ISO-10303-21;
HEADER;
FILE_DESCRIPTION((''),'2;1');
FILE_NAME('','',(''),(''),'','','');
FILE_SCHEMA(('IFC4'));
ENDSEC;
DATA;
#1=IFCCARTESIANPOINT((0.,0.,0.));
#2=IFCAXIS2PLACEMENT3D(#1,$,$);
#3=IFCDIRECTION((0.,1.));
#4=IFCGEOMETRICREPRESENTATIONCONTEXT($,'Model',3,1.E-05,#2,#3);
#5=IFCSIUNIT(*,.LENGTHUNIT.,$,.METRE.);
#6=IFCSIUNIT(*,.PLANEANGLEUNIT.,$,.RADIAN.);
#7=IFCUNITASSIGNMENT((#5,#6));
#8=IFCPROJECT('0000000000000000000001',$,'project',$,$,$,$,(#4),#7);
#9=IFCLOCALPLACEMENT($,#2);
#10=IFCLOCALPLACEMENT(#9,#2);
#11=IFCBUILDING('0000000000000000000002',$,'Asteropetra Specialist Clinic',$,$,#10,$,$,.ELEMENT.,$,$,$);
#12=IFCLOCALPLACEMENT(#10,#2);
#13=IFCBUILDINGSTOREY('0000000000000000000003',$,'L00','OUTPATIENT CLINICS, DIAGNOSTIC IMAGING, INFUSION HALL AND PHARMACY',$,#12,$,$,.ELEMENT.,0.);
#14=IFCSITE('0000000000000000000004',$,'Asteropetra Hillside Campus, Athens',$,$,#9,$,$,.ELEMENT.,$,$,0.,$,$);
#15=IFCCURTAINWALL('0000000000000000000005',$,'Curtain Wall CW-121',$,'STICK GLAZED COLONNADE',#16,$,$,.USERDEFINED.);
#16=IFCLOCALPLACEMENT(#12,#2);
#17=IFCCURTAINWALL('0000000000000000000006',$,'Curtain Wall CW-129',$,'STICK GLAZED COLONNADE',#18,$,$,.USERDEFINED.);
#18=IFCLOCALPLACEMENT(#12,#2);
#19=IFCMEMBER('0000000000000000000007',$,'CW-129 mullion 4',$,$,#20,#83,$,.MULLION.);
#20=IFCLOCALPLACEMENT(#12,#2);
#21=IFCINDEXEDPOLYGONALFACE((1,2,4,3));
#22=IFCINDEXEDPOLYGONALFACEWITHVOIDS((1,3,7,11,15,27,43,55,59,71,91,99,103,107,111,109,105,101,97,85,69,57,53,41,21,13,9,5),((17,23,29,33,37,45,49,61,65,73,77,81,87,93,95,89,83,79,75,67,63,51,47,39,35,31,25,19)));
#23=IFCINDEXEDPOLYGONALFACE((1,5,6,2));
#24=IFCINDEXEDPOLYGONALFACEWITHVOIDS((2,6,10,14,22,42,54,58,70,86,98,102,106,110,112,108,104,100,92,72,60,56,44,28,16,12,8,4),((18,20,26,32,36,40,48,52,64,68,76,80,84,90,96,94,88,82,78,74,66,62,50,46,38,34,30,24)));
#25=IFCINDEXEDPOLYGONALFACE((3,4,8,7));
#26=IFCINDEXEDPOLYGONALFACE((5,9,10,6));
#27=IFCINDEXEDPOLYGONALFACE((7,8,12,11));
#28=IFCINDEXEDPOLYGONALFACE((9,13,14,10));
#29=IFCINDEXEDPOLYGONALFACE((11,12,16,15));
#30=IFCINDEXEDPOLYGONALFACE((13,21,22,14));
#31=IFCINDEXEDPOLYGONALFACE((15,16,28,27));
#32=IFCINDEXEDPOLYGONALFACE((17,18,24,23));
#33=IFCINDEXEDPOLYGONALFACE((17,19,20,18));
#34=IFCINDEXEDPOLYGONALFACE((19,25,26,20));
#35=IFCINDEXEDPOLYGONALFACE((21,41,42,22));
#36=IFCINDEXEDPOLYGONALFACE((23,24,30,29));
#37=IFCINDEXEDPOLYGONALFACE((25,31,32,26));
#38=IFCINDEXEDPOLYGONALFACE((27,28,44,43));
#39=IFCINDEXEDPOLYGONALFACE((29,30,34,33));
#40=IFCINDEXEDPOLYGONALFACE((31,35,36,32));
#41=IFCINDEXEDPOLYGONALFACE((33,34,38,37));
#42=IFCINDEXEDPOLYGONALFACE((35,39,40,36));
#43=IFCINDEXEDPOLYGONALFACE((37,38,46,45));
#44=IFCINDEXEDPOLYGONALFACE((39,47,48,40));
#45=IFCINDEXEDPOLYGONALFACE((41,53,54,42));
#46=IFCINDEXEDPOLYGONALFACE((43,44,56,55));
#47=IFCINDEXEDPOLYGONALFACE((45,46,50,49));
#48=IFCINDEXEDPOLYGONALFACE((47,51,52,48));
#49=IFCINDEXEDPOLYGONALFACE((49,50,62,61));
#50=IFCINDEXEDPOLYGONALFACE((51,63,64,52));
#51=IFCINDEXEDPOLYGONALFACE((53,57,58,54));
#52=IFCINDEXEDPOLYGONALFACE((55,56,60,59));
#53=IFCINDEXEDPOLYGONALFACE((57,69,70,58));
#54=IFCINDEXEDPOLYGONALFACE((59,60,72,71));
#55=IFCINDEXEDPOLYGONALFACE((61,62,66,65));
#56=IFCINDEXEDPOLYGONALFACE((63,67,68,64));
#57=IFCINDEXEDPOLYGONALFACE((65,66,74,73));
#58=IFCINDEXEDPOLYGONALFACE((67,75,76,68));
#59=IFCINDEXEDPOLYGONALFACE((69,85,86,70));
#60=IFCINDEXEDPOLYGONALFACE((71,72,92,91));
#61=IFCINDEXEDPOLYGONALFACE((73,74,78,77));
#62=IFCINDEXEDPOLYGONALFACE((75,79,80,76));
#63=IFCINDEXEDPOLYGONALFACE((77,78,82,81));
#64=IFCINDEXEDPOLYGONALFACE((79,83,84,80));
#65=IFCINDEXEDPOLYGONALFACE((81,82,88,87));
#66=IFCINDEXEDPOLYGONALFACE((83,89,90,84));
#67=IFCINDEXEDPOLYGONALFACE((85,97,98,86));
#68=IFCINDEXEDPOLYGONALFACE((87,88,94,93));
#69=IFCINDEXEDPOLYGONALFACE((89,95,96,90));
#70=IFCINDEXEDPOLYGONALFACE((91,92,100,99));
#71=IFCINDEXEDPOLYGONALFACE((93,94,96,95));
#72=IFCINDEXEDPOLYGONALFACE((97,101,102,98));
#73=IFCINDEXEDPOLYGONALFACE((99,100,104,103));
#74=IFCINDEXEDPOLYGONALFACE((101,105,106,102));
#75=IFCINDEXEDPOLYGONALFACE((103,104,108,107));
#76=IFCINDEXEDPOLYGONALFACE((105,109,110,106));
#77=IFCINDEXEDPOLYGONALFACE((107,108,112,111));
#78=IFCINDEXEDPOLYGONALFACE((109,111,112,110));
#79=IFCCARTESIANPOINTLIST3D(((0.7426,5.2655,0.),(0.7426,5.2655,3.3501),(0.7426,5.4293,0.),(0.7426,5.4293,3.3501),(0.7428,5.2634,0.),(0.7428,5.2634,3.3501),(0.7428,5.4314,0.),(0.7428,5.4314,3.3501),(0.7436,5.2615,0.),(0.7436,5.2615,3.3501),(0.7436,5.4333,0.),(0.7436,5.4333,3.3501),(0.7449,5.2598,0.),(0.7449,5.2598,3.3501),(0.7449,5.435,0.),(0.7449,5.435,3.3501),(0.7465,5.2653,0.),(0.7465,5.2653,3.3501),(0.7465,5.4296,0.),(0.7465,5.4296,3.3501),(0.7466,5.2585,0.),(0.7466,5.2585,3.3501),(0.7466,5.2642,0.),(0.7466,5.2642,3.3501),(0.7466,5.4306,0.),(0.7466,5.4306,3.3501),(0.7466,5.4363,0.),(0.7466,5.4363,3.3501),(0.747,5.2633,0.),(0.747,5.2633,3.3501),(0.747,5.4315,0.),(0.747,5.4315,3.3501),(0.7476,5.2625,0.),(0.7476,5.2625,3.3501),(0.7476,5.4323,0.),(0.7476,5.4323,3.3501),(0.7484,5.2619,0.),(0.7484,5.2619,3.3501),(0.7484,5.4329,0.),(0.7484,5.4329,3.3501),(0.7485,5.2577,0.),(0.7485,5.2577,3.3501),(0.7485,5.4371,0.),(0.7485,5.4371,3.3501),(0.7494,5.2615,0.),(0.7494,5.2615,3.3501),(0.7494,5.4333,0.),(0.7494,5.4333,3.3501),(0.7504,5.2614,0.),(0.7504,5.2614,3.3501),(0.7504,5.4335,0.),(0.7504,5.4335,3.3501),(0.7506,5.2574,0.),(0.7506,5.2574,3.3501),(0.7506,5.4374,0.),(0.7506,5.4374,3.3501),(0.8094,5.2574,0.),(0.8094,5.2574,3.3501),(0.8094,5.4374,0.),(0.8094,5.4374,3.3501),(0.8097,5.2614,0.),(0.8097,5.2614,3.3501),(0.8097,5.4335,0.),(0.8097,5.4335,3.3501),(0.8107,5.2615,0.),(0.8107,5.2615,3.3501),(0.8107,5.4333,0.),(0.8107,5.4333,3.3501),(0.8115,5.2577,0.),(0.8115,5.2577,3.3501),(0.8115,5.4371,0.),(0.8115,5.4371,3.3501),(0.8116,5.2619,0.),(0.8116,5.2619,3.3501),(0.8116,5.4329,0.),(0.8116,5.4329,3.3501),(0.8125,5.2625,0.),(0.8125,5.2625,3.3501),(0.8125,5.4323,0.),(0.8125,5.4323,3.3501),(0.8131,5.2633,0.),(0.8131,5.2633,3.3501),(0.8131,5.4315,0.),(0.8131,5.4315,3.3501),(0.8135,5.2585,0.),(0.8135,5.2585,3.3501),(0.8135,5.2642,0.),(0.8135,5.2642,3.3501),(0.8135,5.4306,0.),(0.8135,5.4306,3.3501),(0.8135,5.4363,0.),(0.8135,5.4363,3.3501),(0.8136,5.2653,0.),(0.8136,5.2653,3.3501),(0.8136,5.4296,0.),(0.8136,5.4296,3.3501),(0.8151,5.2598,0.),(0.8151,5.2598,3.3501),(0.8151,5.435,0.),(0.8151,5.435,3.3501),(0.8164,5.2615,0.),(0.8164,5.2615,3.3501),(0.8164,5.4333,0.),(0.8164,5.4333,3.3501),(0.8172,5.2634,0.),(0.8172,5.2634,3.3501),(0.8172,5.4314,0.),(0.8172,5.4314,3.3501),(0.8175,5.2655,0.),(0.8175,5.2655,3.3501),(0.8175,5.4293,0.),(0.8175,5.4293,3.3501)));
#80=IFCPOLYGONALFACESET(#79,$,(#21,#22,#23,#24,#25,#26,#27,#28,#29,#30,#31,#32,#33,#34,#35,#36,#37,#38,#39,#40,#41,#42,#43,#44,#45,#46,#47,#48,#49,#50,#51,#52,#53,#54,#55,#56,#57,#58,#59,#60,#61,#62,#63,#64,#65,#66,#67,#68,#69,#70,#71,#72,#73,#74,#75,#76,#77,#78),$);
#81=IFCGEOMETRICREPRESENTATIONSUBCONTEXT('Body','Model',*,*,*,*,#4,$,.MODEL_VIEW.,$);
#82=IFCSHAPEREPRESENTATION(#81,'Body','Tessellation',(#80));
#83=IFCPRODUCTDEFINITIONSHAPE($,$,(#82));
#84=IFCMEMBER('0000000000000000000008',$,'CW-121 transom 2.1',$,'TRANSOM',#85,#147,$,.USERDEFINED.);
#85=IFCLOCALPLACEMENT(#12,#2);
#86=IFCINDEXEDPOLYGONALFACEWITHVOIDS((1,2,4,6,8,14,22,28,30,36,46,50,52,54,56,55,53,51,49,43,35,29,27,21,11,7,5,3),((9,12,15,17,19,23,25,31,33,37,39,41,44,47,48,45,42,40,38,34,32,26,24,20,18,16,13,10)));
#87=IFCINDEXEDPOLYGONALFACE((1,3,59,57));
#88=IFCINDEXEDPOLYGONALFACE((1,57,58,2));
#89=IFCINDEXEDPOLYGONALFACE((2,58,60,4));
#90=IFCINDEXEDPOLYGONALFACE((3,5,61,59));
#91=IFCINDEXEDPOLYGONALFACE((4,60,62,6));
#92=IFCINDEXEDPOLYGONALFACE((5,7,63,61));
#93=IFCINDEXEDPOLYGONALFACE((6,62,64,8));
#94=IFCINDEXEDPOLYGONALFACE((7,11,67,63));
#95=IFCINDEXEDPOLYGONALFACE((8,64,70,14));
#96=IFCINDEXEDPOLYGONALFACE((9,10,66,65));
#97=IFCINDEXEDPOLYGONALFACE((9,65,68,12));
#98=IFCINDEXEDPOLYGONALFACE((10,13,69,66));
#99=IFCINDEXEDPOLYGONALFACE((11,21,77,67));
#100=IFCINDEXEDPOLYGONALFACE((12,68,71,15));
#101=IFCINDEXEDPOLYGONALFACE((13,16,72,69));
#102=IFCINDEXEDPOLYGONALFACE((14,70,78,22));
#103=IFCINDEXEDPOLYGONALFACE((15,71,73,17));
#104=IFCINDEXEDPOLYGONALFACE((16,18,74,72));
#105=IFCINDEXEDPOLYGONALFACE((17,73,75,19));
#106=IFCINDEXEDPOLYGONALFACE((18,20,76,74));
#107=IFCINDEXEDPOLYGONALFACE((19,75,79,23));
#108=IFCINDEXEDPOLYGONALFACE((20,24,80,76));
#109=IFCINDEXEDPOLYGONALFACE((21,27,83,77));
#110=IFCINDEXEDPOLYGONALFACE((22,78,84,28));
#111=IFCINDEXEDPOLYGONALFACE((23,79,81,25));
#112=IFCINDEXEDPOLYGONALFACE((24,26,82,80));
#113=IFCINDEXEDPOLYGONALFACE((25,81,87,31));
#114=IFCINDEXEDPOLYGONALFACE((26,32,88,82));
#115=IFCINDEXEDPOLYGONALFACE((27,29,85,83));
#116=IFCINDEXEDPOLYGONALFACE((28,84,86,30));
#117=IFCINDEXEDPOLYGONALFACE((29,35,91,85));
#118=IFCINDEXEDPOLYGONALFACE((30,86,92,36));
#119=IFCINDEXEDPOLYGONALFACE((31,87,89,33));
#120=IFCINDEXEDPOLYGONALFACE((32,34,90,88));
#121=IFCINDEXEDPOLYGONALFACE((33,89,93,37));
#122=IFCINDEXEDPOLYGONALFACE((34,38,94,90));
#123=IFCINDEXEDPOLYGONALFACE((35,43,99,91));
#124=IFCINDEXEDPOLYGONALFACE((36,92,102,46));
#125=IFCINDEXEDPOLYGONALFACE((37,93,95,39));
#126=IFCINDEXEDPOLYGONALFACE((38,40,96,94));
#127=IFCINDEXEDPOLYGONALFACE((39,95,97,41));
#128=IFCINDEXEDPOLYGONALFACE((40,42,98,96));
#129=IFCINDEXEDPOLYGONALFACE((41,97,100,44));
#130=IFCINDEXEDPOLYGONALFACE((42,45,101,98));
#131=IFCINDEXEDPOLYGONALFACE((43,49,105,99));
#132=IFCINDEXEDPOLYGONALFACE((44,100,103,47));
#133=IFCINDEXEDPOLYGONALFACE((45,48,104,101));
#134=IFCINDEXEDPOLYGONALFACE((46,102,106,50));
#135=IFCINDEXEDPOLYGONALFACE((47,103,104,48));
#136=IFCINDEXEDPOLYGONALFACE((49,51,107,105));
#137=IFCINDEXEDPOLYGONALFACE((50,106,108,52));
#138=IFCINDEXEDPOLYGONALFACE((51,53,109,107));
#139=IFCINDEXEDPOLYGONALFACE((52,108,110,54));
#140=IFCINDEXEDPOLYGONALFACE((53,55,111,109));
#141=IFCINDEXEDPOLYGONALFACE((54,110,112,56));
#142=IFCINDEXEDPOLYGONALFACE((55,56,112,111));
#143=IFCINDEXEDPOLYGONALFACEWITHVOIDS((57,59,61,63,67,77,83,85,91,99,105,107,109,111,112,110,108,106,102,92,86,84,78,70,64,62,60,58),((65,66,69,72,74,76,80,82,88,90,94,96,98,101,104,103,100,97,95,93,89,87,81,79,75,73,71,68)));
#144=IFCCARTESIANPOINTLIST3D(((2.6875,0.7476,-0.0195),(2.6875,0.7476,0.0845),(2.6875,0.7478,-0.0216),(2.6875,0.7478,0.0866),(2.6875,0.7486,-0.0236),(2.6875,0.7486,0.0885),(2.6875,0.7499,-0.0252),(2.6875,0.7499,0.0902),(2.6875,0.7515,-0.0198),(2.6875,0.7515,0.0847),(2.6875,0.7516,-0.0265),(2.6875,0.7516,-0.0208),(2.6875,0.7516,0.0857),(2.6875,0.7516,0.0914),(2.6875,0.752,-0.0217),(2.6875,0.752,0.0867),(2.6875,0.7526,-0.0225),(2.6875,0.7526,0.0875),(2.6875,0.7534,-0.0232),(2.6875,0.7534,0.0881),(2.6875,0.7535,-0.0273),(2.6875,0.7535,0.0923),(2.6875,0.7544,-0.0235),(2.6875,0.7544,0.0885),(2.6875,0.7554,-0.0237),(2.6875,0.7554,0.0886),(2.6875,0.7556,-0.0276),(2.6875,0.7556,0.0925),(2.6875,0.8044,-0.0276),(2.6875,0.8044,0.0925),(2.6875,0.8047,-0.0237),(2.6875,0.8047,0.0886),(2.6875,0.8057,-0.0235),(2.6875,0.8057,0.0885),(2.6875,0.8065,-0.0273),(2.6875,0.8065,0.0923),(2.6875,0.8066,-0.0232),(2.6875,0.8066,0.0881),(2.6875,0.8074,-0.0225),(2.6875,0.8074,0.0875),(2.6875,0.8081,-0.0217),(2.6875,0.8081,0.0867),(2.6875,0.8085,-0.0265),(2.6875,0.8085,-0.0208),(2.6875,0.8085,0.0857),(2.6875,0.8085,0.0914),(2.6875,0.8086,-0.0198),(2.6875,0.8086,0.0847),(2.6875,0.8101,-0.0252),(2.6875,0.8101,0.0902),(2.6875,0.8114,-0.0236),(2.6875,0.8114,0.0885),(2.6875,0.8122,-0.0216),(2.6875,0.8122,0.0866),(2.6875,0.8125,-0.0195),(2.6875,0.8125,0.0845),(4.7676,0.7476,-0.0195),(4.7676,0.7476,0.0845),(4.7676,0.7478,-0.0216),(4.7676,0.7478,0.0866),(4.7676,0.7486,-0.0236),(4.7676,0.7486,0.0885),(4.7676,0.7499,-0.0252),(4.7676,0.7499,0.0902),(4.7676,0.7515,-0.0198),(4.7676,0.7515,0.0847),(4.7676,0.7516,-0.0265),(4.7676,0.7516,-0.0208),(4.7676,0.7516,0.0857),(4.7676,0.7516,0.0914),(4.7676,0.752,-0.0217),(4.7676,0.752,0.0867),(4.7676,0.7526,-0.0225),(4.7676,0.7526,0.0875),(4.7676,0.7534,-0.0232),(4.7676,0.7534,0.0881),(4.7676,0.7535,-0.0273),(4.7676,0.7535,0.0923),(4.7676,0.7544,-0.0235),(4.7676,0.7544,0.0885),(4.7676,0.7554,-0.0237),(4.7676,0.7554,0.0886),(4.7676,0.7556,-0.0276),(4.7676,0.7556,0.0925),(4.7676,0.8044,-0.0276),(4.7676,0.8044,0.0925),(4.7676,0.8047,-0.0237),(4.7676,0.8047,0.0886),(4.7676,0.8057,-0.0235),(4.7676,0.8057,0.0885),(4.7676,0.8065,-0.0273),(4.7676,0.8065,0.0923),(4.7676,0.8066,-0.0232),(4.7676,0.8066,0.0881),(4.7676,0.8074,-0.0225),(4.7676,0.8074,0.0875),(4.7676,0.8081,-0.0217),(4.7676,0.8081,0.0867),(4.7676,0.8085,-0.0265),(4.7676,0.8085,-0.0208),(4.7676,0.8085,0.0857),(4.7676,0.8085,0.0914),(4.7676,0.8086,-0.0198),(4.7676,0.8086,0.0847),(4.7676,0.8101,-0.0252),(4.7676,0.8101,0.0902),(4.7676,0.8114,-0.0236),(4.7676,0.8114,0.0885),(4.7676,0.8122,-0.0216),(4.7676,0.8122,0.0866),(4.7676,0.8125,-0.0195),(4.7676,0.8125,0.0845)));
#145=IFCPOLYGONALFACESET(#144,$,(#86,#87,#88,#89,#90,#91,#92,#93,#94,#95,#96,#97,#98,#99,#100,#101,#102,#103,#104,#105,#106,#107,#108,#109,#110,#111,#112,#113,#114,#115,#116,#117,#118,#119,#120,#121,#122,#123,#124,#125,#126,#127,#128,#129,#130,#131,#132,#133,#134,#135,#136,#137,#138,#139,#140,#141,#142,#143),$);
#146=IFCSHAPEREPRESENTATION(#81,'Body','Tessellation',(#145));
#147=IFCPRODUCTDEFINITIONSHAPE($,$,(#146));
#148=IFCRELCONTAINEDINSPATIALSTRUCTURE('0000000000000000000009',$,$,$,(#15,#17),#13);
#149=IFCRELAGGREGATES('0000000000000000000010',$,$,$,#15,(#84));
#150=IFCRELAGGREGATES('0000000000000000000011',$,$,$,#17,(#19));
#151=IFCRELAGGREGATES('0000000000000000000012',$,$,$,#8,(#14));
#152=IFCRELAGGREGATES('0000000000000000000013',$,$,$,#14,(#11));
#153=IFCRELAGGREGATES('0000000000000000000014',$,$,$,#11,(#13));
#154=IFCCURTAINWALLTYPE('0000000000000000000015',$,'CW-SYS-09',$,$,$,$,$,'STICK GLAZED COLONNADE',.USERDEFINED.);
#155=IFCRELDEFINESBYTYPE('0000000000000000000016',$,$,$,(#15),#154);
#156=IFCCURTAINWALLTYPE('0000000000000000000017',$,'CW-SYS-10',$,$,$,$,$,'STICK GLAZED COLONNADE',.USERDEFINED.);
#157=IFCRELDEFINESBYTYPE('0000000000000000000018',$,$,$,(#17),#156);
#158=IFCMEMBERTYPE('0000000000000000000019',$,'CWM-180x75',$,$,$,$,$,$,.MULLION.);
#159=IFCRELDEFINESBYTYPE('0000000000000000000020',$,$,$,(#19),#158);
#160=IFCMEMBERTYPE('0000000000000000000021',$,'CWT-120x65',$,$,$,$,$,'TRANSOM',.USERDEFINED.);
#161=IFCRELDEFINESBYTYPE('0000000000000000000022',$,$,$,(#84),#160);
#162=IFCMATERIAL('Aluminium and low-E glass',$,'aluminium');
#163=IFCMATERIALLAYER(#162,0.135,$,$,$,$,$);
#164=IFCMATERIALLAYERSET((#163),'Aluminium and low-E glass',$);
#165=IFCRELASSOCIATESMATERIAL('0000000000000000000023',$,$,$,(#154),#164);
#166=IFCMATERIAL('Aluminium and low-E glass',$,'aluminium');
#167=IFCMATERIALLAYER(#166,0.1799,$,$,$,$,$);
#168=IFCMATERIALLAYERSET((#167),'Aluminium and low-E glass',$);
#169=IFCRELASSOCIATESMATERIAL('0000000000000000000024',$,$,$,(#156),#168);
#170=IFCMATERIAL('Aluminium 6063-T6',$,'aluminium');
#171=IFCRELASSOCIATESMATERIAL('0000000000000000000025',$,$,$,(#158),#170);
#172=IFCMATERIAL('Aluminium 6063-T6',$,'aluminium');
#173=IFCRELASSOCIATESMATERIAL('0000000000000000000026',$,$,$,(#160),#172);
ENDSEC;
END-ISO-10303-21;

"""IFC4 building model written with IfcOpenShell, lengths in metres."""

from ifc_helpers import new_model, si_unit, direction, frame, origin, origin_2d, place, context, subcontext, project, spatial, hollow_rectangle, extrude, material, layer, layer_set, material_profile, profile_set, type_object, element, aggregate, save


model = new_model("IFC4")

# Units and contexts
model_context = context("Model", 3, precision=1e-05, world=origin(), true_north=direction((0.0, 1.0)))
body_context = subcontext(model_context, "Body", "Model", "MODEL_VIEW")
ifc_project = project(units=[si_unit("LENGTHUNIT", "METRE"), si_unit("PLANEANGLEUNIT", "RADIAN")], contexts=[model_context])

# Site, building, storey
site_placement = place(None, origin())
site = spatial("IfcSite", under=ifc_project, at=site_placement, Name="Asteropetra Hillside Campus, Athens", CompositionType="ELEMENT", RefElevation=0.0)
building_placement = place(site_placement, origin())
building = spatial("IfcBuilding", under=site, at=building_placement, Name="Asteropetra Specialist Clinic", CompositionType="ELEMENT")
storey_placement = place(building_placement, origin())
storey = spatial("IfcBuildingStorey", under=building, at=storey_placement, Name="L00", Description="OUTPATIENT CLINICS, DIAGNOSTIC IMAGING, INFUSION HALL AND PHARMACY", CompositionType="ELEMENT", Elevation=0.0)

# Curtain walls, member
ifc_material_1 = material(Name="Aluminium and low-E glass", Category="aluminium")
ifc_layer_1 = layer(ifc_material_1, 0.135)
ifc_layer_set_1 = layer_set([ifc_layer_1], Name="Aluminium and low-E glass")
curtain_wall_type_1 = type_object("IfcCurtainWallType", Name="CW-SYS-09", ElementType="STICK GLAZED COLONNADE", PredefinedType="USERDEFINED", material=ifc_layer_set_1)
curtain_wall_1_placement = place(storey_placement, origin())
curtain_wall_1 = element("IfcCurtainWall", 1, at=curtain_wall_1_placement, inside=storey, type_object=curtain_wall_type_1, Name="Curtain Wall CW-121", ObjectType="STICK GLAZED COLONNADE", PredefinedType="USERDEFINED")
ifc_material_2 = material(Name="Aluminium and low-E glass", Category="aluminium")
ifc_layer_2 = layer(ifc_material_2, 0.1799)
ifc_layer_set_2 = layer_set([ifc_layer_2], Name="Aluminium and low-E glass")
curtain_wall_type_2 = type_object("IfcCurtainWallType", Name="CW-SYS-10", ElementType="STICK GLAZED COLONNADE", PredefinedType="USERDEFINED", material=ifc_layer_set_2)
curtain_wall_2_placement = place(storey_placement, origin())
curtain_wall_2 = element("IfcCurtainWall", 2, at=curtain_wall_2_placement, inside=storey, type_object=curtain_wall_type_2, Name="Curtain Wall CW-129", ObjectType="STICK GLAZED COLONNADE", PredefinedType="USERDEFINED")
ifc_material_3 = material(Name="Aluminium 6063-T6", Category="aluminium")
ifc_material_profile_1 = material_profile(ifc_material_3, hollow_rectangle(XDim=0.075, YDim=0.1799, WallThickness=0.0039, InnerFilletRadius=0.0039, OuterFilletRadius=0.0081, at=origin_2d()), Name="MUL 180x75x4.0")
ifc_profile_set_1 = profile_set([ifc_material_profile_1], Name="Aluminium 6063-T6")
member_type_1 = type_object("IfcMemberType", Name="CWM-180x75", PredefinedType="MULLION", material=ifc_profile_set_1)
member_1_placement = place(storey_placement, frame((0.78, 5.3474, 0.0), z_axis=(0.0, 0.0, 1.0), x_axis=(1.0, 0.0, 0.0)))
member_1 = element("IfcMember", 3, at=member_1_placement, type_object=member_type_1, Name="CW-129 mullion 4", PredefinedType="MULLION", context=body_context, shape_type="SweptSolid", body=[
    extrude(hollow_rectangle(XDim=0.075, YDim=0.1799, WallThickness=0.0039, InnerFilletRadius=0.0039, OuterFilletRadius=0.0081, at=origin_2d()), origin(), (0.0, 0.0, 1.0), 3.3501),
])

# Member
ifc_material_4 = material(Name="Aluminium 6063-T6", Category="aluminium")
ifc_material_profile_2 = material_profile(ifc_material_4, hollow_rectangle(XDim=0.0649, YDim=0.1201, WallThickness=0.0039, InnerFilletRadius=0.0039, OuterFilletRadius=0.0081, at=origin_2d()), Name="TRN 120x65x4.0")
ifc_profile_set_2 = profile_set([ifc_material_profile_2], Name="Aluminium 6063-T6")
member_type_2 = type_object("IfcMemberType", Name="CWT-120x65", ElementType="TRANSOM", PredefinedType="USERDEFINED", material=ifc_profile_set_2)
member_2_placement = place(storey_placement, frame((2.6875, 0.78, 0.0325), z_axis=(1.0, 0.0, 0.0), x_axis=(0.0, 1.0, 0.0)))
member_2 = element("IfcMember", 4, at=member_2_placement, type_object=member_type_2, Name="CW-121 transom 2.1", ObjectType="TRANSOM", PredefinedType="USERDEFINED", context=body_context, shape_type="SweptSolid", body=[
    extrude(hollow_rectangle(XDim=0.0649, YDim=0.1201, WallThickness=0.0039, InnerFilletRadius=0.0039, OuterFilletRadius=0.0081, at=origin_2d()), origin(), (0.0, 0.0, 1.0), 2.0801),
])

aggregate(curtain_wall_1, [member_2])
aggregate(curtain_wall_2, [member_1])

save(model, "model.ifc")
